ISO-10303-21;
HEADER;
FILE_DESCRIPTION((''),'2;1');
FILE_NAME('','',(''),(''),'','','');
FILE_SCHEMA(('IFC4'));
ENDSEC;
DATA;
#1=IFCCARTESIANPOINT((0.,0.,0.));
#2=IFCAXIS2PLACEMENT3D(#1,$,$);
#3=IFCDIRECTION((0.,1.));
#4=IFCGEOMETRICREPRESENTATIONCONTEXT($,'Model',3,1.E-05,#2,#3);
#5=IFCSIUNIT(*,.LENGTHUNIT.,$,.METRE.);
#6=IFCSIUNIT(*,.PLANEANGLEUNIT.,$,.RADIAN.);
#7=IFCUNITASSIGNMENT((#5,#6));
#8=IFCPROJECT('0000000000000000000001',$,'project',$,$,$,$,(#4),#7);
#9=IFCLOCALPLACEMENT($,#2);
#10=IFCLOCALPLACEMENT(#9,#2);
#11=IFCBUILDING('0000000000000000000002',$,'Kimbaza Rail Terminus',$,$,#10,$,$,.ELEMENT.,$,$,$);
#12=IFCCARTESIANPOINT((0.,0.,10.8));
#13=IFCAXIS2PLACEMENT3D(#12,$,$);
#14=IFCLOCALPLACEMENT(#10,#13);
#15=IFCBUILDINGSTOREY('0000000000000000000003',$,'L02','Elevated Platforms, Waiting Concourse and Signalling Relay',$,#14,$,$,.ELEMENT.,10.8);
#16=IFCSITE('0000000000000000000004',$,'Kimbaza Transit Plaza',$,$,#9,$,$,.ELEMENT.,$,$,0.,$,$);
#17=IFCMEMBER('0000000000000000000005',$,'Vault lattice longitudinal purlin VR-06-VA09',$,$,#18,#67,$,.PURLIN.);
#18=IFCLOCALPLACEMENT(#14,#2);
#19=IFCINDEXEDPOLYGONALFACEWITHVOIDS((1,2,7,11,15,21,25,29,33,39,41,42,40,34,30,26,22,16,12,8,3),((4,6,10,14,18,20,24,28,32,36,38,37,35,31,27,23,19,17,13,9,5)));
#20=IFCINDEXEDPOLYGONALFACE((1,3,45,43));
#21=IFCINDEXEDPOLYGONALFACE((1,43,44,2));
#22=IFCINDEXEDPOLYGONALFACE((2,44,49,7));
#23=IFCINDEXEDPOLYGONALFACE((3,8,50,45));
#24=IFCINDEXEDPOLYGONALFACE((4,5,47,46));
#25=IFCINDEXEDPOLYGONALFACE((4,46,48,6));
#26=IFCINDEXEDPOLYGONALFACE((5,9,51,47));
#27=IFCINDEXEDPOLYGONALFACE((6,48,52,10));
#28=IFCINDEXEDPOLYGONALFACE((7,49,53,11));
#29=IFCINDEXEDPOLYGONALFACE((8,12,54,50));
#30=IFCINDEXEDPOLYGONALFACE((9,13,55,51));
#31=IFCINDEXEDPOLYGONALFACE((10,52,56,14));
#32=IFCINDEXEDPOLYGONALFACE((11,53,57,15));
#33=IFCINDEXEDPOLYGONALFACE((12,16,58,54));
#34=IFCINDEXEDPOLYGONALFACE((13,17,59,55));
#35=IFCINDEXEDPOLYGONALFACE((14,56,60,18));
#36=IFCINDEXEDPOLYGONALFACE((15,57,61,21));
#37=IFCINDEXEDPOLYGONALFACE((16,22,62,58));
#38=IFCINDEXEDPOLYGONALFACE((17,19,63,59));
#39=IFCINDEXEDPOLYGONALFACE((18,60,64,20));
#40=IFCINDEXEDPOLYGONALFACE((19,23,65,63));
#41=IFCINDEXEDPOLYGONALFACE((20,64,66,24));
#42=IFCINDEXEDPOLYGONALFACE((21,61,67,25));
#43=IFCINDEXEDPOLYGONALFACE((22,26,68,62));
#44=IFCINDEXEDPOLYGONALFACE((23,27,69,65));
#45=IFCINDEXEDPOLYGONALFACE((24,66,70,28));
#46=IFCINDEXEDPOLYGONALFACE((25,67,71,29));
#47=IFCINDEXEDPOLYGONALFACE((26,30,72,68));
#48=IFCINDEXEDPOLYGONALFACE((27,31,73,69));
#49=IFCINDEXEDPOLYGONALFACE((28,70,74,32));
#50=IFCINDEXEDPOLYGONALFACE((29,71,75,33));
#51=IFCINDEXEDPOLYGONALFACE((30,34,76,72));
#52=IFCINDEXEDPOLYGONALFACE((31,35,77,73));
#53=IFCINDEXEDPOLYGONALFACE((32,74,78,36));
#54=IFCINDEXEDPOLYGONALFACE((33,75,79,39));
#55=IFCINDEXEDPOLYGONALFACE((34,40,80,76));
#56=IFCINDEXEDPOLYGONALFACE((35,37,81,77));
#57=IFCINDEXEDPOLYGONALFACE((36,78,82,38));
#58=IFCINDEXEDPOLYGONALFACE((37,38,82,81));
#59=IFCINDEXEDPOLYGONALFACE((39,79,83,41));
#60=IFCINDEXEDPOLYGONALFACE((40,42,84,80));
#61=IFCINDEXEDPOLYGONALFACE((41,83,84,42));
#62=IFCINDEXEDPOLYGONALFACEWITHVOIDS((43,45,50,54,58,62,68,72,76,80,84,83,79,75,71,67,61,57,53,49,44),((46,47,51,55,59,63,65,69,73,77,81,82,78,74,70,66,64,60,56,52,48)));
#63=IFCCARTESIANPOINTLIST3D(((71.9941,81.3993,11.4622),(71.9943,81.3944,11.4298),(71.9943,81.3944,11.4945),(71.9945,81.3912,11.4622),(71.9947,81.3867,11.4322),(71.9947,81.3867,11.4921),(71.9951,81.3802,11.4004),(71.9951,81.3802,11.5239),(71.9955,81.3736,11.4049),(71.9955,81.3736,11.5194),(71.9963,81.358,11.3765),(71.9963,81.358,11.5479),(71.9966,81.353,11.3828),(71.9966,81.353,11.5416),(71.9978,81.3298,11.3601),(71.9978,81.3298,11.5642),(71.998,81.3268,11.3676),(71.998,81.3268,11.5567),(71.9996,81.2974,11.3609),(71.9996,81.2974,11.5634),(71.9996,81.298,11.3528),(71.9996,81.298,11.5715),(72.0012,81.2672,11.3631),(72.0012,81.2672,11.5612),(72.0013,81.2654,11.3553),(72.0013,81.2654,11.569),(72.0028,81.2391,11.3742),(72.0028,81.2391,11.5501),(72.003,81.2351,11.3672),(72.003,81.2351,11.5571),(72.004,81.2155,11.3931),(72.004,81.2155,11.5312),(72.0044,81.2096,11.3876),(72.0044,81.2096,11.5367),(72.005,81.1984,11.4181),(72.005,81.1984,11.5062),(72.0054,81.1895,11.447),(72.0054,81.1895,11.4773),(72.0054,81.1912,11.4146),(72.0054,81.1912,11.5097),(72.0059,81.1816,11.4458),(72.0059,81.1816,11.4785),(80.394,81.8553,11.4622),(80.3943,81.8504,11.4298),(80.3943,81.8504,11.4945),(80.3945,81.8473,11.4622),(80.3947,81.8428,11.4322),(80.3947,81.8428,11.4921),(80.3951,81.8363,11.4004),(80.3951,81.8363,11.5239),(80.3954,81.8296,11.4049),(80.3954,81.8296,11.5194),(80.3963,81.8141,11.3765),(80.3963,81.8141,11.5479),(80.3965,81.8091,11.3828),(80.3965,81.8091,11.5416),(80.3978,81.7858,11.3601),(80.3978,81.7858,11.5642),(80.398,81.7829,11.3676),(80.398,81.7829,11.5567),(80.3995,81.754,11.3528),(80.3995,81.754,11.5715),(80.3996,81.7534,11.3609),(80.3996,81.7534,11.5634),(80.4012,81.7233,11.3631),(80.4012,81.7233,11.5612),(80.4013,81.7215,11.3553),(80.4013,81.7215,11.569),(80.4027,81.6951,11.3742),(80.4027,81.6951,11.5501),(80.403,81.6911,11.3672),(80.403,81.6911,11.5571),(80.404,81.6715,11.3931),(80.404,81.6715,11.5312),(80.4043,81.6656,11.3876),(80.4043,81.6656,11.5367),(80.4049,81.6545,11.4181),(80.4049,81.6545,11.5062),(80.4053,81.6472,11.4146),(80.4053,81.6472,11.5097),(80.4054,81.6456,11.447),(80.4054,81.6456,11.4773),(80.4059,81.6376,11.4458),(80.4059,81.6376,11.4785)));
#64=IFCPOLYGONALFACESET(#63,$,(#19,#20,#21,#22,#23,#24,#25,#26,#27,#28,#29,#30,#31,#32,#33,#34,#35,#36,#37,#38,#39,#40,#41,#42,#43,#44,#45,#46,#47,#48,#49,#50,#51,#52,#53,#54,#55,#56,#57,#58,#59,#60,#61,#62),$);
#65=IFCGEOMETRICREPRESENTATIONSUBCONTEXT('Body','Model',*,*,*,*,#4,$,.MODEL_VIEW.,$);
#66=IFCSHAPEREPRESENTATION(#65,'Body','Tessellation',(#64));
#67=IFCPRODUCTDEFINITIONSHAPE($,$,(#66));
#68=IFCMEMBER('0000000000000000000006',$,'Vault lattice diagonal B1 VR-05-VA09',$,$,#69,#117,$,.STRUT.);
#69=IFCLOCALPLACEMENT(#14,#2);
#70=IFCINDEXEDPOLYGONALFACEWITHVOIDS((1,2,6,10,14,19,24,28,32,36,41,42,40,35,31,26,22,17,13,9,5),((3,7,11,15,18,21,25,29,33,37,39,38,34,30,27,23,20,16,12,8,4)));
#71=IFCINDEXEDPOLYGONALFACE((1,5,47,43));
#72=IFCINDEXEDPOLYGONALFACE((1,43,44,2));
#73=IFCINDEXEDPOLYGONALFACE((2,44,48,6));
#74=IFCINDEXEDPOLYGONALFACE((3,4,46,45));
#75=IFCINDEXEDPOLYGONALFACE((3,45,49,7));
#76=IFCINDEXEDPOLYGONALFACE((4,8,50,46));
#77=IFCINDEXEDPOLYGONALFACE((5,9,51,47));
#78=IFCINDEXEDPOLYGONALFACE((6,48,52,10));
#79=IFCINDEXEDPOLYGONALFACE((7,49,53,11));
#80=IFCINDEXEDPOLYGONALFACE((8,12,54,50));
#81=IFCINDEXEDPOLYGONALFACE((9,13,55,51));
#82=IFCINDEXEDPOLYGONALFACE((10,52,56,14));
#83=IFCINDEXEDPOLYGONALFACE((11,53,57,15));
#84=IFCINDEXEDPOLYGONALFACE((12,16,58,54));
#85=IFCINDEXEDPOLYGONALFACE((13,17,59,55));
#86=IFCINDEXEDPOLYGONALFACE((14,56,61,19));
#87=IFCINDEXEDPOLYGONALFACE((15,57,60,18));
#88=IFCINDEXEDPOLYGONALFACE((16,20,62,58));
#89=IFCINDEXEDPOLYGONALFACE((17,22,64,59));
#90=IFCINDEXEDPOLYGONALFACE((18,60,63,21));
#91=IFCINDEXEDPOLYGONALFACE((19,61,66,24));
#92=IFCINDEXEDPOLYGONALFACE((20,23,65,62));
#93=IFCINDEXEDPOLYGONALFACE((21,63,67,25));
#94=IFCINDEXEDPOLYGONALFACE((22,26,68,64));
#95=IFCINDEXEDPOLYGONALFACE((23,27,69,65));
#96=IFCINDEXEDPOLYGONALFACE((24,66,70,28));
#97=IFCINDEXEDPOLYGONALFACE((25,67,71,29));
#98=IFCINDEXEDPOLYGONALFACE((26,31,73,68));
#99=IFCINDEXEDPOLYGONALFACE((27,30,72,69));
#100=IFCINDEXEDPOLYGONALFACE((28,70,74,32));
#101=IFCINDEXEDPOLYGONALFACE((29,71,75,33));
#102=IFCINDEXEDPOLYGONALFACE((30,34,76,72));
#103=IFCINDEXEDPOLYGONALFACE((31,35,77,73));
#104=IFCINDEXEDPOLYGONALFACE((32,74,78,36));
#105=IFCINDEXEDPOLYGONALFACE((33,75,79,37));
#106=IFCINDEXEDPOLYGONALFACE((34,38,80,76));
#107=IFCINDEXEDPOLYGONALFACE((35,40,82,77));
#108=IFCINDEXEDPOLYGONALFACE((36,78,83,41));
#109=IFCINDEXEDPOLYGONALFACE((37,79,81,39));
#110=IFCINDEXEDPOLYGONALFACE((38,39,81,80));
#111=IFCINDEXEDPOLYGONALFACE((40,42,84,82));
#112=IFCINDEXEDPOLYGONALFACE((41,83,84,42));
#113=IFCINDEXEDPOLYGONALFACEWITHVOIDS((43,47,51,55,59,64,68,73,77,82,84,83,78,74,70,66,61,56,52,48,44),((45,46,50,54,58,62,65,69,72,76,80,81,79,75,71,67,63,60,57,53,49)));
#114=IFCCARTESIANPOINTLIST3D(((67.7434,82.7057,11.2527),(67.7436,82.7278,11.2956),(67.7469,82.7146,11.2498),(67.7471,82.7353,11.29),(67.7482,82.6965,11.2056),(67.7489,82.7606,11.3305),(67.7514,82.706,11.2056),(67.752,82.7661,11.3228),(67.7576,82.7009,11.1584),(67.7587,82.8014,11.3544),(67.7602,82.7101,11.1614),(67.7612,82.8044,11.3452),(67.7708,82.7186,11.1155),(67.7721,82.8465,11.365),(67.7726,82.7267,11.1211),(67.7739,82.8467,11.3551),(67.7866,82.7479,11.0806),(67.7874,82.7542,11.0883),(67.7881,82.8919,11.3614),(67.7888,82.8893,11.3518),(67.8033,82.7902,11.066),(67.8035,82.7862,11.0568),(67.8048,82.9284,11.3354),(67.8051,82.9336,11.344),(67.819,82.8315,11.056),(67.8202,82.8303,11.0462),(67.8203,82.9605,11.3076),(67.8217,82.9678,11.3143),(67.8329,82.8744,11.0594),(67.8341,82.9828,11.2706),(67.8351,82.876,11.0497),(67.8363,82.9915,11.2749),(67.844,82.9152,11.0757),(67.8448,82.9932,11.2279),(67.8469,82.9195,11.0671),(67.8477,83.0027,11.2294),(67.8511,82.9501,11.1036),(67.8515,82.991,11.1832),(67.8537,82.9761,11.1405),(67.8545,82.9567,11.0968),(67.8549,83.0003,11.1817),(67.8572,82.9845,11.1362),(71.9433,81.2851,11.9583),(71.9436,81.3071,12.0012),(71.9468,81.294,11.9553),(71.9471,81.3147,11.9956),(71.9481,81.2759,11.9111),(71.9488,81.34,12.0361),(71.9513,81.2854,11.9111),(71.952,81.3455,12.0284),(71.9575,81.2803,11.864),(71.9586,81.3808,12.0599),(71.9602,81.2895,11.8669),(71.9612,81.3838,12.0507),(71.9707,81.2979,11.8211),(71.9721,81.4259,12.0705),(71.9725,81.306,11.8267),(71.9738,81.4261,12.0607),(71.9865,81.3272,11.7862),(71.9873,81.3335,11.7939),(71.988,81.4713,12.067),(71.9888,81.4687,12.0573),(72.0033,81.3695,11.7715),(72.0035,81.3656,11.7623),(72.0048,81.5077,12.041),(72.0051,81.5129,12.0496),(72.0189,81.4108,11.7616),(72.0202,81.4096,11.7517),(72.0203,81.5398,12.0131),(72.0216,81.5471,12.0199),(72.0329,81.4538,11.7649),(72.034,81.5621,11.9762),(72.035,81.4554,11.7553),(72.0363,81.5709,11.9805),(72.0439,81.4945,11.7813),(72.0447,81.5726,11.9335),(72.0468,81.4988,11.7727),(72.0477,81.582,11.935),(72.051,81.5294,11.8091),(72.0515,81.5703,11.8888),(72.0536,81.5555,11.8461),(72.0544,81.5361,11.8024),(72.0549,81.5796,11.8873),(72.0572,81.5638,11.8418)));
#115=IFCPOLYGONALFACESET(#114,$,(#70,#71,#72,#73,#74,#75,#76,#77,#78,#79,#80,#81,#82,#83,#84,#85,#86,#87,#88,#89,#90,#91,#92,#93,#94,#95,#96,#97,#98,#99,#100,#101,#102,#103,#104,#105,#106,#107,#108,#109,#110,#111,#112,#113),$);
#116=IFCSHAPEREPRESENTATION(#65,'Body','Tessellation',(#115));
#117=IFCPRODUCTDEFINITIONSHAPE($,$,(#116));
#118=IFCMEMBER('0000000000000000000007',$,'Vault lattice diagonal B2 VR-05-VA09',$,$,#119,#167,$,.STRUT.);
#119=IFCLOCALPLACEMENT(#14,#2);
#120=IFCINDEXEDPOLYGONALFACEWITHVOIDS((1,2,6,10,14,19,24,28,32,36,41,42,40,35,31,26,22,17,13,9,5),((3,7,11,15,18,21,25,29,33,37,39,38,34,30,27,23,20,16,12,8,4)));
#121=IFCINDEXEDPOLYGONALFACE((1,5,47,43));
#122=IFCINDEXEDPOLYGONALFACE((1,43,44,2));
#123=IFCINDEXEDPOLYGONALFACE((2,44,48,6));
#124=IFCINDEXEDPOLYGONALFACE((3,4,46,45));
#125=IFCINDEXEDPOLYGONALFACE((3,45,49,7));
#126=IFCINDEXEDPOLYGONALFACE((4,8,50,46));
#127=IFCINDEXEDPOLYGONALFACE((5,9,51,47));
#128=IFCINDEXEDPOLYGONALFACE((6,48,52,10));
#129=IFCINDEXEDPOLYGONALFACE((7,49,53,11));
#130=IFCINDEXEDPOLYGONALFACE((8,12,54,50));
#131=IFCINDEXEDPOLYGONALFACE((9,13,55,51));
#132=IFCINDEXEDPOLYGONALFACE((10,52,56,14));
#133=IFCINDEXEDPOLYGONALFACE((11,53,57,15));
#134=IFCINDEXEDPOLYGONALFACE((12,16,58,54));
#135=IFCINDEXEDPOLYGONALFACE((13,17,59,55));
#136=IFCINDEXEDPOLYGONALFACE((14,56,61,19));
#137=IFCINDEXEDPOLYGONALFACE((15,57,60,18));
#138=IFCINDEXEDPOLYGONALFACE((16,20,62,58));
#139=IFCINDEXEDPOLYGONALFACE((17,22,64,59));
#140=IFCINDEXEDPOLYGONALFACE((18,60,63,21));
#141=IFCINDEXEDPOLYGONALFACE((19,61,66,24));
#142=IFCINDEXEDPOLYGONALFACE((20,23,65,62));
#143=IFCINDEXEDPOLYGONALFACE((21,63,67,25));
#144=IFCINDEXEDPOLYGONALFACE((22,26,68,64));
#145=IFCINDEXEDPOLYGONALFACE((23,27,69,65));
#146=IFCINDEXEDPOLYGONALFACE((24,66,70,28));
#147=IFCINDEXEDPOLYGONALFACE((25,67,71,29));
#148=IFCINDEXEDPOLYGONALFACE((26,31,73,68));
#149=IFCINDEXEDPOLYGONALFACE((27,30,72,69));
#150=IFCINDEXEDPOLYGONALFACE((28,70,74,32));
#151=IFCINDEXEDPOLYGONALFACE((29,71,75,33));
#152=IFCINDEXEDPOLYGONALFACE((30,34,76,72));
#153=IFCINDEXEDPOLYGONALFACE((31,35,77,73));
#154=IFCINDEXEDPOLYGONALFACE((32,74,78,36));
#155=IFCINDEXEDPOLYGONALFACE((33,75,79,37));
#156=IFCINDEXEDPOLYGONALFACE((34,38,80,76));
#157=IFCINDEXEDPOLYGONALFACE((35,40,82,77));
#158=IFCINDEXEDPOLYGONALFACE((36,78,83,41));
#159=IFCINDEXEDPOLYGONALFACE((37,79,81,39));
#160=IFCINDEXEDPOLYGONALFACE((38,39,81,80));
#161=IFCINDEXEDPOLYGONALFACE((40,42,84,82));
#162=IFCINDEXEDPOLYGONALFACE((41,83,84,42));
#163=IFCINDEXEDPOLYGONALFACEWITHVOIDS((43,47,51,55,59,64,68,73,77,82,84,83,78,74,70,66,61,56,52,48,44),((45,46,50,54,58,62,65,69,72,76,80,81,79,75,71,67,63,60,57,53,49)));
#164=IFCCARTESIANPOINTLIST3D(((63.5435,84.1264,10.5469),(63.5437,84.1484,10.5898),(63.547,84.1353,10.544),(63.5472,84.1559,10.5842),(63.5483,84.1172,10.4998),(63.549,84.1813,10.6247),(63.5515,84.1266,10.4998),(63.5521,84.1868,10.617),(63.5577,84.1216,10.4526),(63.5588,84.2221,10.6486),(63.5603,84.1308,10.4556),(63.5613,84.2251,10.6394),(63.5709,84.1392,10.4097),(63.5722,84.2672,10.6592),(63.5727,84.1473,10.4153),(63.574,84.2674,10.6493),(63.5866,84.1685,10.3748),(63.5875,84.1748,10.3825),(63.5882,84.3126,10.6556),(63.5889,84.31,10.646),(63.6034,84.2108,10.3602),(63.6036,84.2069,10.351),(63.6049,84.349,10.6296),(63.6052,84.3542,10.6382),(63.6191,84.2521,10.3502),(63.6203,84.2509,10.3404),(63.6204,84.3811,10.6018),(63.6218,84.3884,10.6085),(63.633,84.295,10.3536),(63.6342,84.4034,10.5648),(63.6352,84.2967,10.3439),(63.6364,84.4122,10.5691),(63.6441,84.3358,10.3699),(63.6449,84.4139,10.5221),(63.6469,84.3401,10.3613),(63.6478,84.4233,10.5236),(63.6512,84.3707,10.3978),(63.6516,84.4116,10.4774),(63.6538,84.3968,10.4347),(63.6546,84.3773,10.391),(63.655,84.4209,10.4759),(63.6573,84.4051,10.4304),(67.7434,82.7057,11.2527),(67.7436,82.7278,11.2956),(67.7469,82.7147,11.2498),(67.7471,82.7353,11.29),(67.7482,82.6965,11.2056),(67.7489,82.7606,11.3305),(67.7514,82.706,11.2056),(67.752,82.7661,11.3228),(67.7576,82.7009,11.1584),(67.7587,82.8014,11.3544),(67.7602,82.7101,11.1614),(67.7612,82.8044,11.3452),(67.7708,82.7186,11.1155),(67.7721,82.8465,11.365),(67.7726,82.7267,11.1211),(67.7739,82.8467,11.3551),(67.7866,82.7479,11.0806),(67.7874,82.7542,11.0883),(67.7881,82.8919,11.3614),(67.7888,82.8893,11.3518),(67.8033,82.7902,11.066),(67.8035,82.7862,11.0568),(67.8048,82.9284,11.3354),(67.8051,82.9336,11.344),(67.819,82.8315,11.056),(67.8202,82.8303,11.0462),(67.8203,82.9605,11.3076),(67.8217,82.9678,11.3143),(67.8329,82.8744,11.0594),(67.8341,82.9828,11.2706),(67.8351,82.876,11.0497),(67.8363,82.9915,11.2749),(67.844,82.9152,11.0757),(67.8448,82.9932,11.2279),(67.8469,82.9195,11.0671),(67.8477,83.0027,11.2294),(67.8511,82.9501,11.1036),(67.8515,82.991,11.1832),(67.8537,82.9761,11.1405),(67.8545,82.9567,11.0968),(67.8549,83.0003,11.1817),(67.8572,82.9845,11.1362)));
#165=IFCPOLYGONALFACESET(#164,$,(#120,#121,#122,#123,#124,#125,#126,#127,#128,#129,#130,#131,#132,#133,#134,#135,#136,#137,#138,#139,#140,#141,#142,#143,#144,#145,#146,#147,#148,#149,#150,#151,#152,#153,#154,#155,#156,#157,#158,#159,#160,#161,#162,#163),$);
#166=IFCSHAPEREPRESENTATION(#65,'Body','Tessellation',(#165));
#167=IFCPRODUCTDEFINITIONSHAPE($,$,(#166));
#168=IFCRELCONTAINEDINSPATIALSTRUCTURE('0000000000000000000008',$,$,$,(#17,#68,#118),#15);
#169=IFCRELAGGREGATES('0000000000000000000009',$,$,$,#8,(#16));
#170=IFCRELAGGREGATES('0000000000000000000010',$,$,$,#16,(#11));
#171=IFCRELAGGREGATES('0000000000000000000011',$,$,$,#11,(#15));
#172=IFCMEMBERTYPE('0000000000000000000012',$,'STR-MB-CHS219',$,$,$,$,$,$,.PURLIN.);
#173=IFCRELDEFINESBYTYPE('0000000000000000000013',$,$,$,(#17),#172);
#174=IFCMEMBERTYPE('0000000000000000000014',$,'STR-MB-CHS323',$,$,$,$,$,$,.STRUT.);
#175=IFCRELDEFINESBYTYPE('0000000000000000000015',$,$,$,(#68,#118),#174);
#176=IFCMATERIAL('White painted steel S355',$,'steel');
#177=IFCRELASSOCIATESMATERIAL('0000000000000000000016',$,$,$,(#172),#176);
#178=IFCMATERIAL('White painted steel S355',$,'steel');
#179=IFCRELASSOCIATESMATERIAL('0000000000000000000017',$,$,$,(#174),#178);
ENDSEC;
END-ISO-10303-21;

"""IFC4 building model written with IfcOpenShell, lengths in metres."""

from ifc_helpers import new_model, si_unit, direction, frame, origin, origin_2d, place, context, subcontext, project, spatial, hollow_circle, extrude, material, material_profile, profile_set, type_object, element, save


model = new_model("IFC4")

# Units and contexts
model_context = context("Model", 3, precision=1e-05, world=origin(), true_north=direction((0.0, 1.0)))
body_context = subcontext(model_context, "Body", "Model", "MODEL_VIEW")
ifc_project = project(units=[si_unit("LENGTHUNIT", "METRE"), si_unit("PLANEANGLEUNIT", "RADIAN")], contexts=[model_context])

# Site, building, storey
site_placement = place(None, origin())
site = spatial("IfcSite", under=ifc_project, at=site_placement, Name="Kimbaza Transit Plaza", CompositionType="ELEMENT", RefElevation=0.0)
building_placement = place(site_placement, origin())
building = spatial("IfcBuilding", under=site, at=building_placement, Name="Kimbaza Rail Terminus", CompositionType="ELEMENT")
storey_placement = place(building_placement, frame((0.0, 0.0, 10.8)))
storey = spatial("IfcBuildingStorey", under=building, at=storey_placement, Name="L02", Description="Elevated Platforms, Waiting Concourse and Signalling Relay", CompositionType="ELEMENT", Elevation=10.8)

# Members
ifc_material_1 = material(Name="White painted steel S355", Category="steel")
ifc_material_profile_1 = material_profile(ifc_material_1, hollow_circle(Radius=0.1096, WallThickness=0.0081, at=origin_2d()), Name="CHS 219.1x8")
ifc_profile_set_1 = profile_set([ifc_material_profile_1], Name="White painted steel S355")
member_type_1 = type_object("IfcMemberType", Name="STR-MB-CHS219", PredefinedType="PURLIN", material=ifc_profile_set_1)
member_1_placement = place(storey_placement, frame((72.0, 81.2898, 11.4622), z_axis=(0.998529, 0.054213, 0.0), x_axis=(-0.054213, 0.998529, 0.0)))
element("IfcMember", 1, at=member_1_placement, inside=storey, type_object=member_type_1, Name="Vault lattice longitudinal purlin VR-06-VA09", PredefinedType="PURLIN", context=body_context, shape_type="SweptSolid", body=[
    extrude(hollow_circle(Radius=0.1096, WallThickness=0.0081, at=origin_2d()), origin(), (0.0, 0.0, 1.0), 8.4124),
])
ifc_material_2 = material(Name="White painted steel S355", Category="steel")
ifc_material_profile_2 = material_profile(ifc_material_2, hollow_circle(Radius=0.1619, WallThickness=0.01, at=origin_2d()), Name="CHS 323.9x10")
ifc_profile_set_2 = profile_set([ifc_material_profile_2], Name="White painted steel S355")
member_type_2 = type_object("IfcMemberType", Name="STR-MB-CHS323", PredefinedType="STRUT", material=ifc_profile_set_2)
for number, where, z_axis, x_axis, name in (
    (2, (72.0, 81.4292, 11.9111), (-0.935504, 0.316439, -0.157159), (-0.320421, -0.947275, 0.0), "Vault lattice diagonal B1 VR-05-VA09"),
    (3, (67.8, 82.8499, 11.2056), (-0.935496, 0.316436, -0.157212), (-0.320421, -0.947275, 0.0), "Vault lattice diagonal B2 VR-05-VA09"),
):
    element("IfcMember", number, at=place(storey_placement, frame(where, z_axis=z_axis, x_axis=x_axis)), inside=storey, type_object=member_type_2, Name=name, PredefinedType="STRUT", context=body_context, shape_type="SweptSolid", body=[
        extrude(hollow_circle(Radius=0.1619, WallThickness=0.01, at=origin_2d()), origin(), (0.0, 0.0, 1.0), 4.4895),
    ])

save(model, "model.ifc")
